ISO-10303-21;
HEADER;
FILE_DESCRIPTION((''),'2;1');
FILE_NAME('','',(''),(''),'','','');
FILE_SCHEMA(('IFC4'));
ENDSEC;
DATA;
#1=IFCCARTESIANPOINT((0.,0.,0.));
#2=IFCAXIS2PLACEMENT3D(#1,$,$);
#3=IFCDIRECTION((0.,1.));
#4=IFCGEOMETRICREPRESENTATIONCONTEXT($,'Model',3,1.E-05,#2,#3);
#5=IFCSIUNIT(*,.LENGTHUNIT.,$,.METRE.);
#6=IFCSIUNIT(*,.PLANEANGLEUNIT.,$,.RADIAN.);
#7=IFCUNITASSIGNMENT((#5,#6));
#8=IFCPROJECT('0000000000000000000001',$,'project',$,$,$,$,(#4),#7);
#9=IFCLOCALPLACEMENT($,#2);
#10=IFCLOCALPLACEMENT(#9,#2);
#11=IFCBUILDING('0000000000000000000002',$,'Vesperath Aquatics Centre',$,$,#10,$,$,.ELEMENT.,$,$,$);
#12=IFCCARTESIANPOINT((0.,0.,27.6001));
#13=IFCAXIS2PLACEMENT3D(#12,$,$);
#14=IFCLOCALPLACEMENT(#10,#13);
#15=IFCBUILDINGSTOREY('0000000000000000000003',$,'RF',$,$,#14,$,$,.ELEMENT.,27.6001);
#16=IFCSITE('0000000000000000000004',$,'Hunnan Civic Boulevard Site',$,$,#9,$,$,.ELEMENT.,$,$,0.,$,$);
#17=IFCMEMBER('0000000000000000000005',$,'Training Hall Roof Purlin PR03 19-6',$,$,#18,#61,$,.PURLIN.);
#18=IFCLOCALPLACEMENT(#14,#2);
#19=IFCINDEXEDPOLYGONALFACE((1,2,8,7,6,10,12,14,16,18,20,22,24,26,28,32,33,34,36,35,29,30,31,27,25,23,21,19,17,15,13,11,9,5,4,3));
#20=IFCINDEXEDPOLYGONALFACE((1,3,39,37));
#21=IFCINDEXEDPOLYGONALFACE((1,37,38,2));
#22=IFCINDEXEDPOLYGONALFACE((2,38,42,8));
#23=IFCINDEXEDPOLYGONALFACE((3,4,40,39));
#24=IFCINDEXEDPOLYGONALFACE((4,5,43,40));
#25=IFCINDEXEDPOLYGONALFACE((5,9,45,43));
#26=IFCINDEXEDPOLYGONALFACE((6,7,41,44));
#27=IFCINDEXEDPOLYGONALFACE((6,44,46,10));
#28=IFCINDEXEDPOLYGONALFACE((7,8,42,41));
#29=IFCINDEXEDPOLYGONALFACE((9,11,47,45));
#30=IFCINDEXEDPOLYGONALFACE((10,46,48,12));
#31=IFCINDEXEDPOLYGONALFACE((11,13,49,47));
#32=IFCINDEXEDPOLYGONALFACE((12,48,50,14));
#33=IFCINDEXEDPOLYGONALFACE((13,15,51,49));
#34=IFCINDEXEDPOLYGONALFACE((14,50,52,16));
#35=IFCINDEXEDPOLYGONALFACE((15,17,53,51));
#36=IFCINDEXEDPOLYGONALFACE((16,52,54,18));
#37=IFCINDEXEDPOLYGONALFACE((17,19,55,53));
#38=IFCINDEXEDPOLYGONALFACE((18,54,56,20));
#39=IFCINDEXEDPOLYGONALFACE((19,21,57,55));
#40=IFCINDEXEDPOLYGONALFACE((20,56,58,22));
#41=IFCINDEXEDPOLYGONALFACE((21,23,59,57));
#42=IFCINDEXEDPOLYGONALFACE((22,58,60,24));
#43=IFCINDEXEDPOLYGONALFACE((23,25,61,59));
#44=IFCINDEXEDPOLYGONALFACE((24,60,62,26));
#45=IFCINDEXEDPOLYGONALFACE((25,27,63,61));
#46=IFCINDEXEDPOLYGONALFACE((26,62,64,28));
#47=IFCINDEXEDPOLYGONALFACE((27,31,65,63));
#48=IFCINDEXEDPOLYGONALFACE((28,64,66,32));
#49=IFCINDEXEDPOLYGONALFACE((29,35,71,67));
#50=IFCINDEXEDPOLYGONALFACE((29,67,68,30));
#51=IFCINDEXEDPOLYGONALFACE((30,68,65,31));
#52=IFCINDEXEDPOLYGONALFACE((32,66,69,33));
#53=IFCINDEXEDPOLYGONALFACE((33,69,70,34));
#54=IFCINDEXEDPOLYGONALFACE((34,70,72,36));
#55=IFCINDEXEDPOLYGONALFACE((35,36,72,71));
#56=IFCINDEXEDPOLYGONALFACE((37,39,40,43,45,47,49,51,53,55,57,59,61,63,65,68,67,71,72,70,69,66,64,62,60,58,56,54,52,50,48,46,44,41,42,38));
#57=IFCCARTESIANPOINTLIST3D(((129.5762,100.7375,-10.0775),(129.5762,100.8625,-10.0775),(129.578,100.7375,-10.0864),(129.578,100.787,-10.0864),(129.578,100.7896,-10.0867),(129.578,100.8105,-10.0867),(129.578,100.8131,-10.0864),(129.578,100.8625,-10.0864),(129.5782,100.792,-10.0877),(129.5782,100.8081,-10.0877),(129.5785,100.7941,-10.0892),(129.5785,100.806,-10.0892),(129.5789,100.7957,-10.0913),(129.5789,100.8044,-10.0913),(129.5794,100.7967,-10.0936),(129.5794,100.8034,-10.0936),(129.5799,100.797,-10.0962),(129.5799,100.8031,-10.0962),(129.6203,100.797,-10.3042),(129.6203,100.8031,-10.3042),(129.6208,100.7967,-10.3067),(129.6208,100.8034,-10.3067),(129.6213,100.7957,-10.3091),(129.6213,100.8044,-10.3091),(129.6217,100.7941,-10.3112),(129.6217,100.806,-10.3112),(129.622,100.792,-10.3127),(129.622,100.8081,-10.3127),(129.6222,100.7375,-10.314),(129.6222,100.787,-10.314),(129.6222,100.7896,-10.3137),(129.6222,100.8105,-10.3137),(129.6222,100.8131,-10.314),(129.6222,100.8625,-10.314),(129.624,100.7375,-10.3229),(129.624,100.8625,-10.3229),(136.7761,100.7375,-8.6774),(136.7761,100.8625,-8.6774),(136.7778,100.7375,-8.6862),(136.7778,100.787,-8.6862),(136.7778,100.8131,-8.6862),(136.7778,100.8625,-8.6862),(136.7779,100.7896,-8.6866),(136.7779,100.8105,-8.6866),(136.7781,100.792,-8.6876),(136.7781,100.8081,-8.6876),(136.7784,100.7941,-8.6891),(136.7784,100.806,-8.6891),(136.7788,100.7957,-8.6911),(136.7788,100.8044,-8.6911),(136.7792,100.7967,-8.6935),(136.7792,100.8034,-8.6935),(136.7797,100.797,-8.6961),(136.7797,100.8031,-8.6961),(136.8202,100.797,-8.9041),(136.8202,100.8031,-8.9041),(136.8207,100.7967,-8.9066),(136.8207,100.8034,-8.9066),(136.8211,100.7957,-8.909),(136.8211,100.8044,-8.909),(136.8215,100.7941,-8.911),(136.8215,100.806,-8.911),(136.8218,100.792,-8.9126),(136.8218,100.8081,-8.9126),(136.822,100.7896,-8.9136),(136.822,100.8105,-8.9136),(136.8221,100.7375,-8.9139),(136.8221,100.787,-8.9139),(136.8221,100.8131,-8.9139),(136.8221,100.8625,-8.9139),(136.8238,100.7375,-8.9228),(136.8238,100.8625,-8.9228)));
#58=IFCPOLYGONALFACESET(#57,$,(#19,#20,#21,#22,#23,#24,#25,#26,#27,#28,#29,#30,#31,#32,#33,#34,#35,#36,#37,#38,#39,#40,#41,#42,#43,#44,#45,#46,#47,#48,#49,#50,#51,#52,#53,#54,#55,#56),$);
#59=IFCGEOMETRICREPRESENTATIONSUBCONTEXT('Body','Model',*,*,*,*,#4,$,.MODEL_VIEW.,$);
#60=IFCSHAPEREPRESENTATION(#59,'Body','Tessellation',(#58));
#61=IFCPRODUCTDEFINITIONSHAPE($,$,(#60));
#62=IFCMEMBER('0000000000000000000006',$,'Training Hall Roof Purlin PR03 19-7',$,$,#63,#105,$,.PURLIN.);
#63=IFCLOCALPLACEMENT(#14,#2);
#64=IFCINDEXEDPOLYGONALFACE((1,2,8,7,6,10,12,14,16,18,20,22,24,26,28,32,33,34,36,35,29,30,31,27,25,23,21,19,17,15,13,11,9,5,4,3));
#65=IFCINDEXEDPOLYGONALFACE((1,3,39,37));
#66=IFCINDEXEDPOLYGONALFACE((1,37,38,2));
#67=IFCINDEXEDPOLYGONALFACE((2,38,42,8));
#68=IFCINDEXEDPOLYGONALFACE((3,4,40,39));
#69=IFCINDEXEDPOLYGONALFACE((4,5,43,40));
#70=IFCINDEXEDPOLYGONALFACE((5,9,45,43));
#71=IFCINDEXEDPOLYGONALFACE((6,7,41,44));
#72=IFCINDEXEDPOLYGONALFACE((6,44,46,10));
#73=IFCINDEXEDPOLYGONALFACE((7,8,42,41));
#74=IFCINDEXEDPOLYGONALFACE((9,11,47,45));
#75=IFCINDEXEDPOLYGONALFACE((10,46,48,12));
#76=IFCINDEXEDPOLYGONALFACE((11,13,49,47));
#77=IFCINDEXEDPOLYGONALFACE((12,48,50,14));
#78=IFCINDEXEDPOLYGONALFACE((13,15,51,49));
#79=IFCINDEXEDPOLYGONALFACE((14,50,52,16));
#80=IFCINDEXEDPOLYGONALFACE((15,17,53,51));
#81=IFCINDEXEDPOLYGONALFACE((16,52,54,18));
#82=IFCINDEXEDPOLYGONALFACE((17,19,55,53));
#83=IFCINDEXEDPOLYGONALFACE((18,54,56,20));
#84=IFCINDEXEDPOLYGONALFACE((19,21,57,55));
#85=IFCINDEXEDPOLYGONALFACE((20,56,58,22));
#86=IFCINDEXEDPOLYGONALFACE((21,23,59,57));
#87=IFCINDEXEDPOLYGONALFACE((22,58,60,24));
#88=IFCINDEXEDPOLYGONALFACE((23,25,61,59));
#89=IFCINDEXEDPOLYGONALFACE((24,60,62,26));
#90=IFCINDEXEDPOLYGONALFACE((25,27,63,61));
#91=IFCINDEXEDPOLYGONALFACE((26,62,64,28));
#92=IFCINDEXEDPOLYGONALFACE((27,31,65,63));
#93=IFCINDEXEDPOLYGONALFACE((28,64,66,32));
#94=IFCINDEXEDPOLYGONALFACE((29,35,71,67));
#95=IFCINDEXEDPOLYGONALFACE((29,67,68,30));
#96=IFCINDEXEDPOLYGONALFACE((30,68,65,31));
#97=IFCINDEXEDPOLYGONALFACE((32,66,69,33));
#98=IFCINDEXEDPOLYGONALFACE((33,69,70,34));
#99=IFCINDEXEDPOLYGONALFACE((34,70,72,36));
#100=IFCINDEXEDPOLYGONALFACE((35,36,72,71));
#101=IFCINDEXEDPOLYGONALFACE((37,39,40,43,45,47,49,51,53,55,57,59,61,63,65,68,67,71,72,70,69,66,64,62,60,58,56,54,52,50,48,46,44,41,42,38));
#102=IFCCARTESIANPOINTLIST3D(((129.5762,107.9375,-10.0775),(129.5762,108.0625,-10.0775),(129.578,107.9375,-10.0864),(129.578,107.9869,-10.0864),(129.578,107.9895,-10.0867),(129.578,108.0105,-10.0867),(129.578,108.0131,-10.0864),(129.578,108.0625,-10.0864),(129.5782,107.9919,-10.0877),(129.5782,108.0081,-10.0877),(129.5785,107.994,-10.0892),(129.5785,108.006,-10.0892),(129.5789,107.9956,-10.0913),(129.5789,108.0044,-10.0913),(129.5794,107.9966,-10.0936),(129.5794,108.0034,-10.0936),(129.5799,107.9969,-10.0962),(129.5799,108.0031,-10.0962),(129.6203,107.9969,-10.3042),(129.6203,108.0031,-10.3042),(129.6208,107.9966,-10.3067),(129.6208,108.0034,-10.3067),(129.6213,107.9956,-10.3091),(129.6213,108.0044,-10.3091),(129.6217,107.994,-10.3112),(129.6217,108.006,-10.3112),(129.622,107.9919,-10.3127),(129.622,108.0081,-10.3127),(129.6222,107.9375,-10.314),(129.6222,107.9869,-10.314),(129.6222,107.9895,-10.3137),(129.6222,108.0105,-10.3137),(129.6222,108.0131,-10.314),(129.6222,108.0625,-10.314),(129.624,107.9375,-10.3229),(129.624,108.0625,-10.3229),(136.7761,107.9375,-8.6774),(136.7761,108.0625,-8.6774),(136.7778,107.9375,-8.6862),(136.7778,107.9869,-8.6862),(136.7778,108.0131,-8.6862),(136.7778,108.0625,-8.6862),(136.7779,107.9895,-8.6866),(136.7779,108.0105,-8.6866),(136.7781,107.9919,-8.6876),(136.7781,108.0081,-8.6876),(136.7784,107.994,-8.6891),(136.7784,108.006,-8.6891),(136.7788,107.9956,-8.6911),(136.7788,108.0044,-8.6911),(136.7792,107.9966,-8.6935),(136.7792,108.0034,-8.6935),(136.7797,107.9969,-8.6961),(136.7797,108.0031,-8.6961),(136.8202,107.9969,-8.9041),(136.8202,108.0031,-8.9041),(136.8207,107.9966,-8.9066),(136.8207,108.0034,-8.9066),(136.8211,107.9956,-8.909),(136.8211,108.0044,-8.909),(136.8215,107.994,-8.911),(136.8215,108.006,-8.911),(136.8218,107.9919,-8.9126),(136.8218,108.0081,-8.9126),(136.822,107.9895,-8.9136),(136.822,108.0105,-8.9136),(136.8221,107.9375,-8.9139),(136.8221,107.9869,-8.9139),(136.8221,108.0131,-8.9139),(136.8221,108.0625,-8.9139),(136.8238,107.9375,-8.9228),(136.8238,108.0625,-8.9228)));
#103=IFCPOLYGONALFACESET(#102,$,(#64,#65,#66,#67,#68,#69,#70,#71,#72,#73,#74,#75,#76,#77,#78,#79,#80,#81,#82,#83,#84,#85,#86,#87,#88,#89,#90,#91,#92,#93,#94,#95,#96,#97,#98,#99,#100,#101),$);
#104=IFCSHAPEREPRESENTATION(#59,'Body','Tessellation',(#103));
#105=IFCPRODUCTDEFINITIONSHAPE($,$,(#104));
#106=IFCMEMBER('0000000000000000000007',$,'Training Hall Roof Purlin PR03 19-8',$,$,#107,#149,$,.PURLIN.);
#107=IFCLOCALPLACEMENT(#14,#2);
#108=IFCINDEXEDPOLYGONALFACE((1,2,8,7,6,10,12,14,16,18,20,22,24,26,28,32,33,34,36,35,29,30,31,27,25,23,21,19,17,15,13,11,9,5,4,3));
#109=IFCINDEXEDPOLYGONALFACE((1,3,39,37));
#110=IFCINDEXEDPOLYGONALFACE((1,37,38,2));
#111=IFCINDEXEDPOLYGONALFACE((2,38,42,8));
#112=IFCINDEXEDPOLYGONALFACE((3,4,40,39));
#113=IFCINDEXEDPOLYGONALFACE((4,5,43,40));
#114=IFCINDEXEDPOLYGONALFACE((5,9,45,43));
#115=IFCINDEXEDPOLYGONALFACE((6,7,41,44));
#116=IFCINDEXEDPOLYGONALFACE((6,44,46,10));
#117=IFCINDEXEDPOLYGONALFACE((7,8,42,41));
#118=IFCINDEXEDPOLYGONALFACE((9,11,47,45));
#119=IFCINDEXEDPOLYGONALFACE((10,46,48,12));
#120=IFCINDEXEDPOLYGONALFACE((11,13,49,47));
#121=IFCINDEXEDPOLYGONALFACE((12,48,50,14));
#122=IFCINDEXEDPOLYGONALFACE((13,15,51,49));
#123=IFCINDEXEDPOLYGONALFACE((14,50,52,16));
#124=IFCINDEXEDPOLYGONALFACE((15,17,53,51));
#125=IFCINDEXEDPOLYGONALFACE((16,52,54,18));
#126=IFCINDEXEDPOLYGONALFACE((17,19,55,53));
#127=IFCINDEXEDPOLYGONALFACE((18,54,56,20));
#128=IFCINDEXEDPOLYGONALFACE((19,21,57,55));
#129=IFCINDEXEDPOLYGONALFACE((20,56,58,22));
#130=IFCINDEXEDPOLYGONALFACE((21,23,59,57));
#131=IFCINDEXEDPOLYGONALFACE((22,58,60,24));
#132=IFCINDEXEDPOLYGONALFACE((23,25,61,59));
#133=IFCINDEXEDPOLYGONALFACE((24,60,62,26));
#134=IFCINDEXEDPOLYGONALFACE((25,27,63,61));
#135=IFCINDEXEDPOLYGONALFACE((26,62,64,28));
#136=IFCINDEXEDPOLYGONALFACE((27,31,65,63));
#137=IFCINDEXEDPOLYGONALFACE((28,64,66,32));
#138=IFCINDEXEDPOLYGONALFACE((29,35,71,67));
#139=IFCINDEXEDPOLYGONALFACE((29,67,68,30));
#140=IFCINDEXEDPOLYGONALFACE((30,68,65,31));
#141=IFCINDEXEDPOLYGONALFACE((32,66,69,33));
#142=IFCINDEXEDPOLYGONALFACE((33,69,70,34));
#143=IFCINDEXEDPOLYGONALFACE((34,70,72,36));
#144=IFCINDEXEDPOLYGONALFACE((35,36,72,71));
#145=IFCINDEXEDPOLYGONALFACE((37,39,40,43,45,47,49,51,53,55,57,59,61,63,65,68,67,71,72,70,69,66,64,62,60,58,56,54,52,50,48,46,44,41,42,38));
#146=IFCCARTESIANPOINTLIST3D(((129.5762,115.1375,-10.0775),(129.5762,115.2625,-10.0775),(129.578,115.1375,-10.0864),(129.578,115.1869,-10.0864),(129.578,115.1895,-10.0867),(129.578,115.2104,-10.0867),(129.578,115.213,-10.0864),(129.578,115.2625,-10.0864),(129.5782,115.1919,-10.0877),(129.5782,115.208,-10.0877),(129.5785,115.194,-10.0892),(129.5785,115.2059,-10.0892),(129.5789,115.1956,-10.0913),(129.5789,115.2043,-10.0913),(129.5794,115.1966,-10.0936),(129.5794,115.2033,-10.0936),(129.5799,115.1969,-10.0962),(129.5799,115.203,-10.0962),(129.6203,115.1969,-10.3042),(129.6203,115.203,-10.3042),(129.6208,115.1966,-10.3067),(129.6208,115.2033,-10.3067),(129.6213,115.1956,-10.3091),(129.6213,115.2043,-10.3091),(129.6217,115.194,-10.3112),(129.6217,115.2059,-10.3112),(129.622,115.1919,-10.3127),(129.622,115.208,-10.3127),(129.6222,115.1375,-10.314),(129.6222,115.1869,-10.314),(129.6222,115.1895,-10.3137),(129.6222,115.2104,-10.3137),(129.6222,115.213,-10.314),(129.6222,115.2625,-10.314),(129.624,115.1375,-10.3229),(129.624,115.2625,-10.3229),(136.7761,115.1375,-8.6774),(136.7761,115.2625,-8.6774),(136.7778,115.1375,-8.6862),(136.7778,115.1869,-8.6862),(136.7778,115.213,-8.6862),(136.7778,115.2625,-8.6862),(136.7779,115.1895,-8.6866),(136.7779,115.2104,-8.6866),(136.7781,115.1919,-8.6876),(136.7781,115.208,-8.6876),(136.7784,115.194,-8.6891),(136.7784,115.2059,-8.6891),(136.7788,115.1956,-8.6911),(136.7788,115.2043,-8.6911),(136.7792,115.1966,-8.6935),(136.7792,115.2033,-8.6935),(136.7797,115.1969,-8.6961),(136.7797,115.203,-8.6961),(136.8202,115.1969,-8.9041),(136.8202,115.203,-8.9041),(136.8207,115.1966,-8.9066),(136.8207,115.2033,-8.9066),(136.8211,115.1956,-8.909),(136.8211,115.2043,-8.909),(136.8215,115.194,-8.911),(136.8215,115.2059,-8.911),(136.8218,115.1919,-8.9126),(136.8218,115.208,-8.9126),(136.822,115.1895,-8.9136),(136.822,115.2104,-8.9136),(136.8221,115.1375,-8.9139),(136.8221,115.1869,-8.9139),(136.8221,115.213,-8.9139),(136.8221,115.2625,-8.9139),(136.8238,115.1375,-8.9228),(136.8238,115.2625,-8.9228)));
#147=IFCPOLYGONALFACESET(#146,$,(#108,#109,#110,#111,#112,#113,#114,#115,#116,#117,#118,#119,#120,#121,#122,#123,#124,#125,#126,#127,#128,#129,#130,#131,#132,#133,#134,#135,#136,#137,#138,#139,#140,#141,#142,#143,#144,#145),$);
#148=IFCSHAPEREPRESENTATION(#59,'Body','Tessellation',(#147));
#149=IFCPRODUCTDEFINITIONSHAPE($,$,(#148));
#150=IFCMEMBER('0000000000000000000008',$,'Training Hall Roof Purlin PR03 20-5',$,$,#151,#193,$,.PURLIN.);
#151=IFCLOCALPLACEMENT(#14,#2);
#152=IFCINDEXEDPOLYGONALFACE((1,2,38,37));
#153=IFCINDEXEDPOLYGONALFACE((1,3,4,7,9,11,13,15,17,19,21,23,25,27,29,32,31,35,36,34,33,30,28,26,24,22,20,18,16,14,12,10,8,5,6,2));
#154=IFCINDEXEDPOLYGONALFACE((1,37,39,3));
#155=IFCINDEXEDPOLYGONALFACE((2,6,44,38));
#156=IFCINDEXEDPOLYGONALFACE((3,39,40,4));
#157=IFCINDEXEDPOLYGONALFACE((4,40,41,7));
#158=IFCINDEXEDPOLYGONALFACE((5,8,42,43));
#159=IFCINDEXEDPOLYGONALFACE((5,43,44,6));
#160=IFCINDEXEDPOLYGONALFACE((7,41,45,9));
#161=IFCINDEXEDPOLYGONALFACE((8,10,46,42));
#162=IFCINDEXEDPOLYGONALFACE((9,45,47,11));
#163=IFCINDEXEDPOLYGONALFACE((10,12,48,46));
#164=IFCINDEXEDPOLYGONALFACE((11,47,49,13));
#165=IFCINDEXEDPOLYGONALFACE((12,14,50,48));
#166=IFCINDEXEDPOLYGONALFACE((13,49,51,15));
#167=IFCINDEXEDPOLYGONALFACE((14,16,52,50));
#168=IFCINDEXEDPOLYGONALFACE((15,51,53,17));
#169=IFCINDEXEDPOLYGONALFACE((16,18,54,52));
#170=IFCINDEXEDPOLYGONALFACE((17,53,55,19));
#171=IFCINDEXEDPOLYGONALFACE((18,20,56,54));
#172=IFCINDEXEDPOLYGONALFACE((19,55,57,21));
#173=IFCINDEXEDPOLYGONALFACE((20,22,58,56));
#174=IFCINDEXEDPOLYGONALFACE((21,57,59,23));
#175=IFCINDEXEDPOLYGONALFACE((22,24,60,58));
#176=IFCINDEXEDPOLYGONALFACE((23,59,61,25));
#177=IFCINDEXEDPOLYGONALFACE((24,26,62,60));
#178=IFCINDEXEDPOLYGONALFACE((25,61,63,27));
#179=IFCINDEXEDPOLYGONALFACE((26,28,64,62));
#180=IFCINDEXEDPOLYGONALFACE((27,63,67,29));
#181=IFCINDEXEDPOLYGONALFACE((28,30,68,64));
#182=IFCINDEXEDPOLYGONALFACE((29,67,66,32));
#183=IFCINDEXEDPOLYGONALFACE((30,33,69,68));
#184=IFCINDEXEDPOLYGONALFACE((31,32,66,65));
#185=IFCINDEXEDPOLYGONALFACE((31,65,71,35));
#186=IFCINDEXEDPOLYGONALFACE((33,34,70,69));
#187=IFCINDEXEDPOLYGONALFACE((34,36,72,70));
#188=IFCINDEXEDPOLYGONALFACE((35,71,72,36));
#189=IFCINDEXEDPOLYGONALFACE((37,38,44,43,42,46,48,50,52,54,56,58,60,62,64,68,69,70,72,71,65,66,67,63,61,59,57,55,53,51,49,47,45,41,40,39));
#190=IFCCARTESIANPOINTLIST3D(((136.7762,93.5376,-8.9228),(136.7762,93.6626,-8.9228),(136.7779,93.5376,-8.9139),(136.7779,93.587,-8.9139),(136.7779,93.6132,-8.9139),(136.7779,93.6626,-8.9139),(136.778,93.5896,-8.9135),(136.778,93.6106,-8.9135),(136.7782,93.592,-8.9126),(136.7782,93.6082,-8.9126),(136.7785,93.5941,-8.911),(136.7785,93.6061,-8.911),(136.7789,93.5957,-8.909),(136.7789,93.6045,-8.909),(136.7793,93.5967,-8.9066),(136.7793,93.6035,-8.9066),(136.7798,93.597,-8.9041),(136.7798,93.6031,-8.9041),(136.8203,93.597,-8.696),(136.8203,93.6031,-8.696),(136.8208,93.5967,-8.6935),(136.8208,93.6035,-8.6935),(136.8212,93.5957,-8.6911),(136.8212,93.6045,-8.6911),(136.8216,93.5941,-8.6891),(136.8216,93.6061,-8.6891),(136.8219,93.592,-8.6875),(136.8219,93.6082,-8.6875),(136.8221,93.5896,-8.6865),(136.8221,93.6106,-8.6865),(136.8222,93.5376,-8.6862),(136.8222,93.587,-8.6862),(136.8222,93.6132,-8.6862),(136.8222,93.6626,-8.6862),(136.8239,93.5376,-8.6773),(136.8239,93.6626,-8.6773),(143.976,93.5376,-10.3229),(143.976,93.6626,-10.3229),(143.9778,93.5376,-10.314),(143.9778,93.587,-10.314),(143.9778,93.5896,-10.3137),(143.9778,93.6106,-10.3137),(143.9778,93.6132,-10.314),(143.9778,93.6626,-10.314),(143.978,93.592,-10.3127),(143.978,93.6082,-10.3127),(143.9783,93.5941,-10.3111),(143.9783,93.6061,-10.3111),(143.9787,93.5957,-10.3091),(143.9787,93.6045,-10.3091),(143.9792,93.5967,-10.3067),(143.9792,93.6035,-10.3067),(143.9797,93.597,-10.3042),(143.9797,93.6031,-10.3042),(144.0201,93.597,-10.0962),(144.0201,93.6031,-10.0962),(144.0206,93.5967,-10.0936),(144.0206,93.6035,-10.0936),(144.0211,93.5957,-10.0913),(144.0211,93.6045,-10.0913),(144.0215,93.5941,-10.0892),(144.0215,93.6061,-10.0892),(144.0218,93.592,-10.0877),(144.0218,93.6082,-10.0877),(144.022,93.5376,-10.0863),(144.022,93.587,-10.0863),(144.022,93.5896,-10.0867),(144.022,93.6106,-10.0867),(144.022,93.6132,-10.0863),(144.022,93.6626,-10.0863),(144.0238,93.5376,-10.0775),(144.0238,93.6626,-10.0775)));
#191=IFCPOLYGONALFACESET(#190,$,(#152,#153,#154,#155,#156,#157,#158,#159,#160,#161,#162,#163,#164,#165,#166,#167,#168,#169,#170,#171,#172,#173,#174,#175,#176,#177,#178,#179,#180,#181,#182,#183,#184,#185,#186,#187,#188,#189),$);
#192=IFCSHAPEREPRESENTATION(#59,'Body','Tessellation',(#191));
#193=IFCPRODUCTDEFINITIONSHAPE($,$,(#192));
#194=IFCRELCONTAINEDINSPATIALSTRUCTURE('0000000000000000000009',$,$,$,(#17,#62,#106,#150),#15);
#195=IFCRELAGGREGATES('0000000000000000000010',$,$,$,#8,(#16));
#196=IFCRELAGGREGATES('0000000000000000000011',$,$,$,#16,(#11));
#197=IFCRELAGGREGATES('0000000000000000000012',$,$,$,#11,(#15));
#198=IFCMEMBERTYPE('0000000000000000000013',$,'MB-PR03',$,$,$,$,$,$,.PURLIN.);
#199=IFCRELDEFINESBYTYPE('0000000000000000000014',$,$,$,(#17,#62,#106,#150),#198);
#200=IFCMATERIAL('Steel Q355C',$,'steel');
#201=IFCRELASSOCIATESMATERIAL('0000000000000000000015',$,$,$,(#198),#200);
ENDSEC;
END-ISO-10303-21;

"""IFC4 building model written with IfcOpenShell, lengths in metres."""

from ifc_helpers import new_model, si_unit, direction, frame, origin, origin_2d, place, context, subcontext, project, spatial, i_section, extrude, material, material_profile, profile_set, type_object, element, save


model = new_model("IFC4")

# Units and contexts
model_context = context("Model", 3, precision=1e-05, world=origin(), true_north=direction((0.0, 1.0)))
body_context = subcontext(model_context, "Body", "Model", "MODEL_VIEW")
ifc_project = project(units=[si_unit("LENGTHUNIT", "METRE"), si_unit("PLANEANGLEUNIT", "RADIAN")], contexts=[model_context])

# Site, building, storey
site_placement = place(None, origin())
site = spatial("IfcSite", under=ifc_project, at=site_placement, Name="Hunnan Civic Boulevard Site", CompositionType="ELEMENT", RefElevation=0.0)
building_placement = place(site_placement, origin())
building = spatial("IfcBuilding", under=site, at=building_placement, Name="Vesperath Aquatics Centre", CompositionType="ELEMENT")
storey_placement = place(building_placement, frame((0.0, 0.0, 27.6001)))
storey = spatial("IfcBuildingStorey", under=building, at=storey_placement, Name="RF", CompositionType="ELEMENT", Elevation=27.6001)

# Shared definitions
ifc_material_1 = material(Name="Steel Q355C", Category="steel")

# Members
ifc_material_profile_1 = material_profile(ifc_material_1, i_section(OverallWidth=0.125, OverallDepth=0.25, WebThickness=0.0061, FlangeThickness=0.009, FilletRadius=0.01, at=origin_2d()), Name="HN 250x125x6x9")
ifc_profile_set_1 = profile_set([ifc_material_profile_1], Name="Steel Q355C")
member_type_1 = type_object("IfcMemberType", Name="MB-PR03", PredefinedType="PURLIN", material=ifc_profile_set_1)
for number, where, z_axis, x_axis, name in (
    (1, (129.6001, 100.8, -10.2002), (0.981611, 0.0, 0.19089), (0.0, 1.0, 0.0), "Training Hall Roof Purlin PR03 19-6"),
    (2, (129.6001, 108.0, -10.2002), (0.981611, 0.0, 0.19089), (0.0, 1.0, 0.0), "Training Hall Roof Purlin PR03 19-7"),
    (3, (129.6001, 115.2, -10.2002), (0.981611, 0.0, 0.19089), (0.0, 1.0, 0.0), "Training Hall Roof Purlin PR03 19-8"),
    (4, (136.8, 93.6001, -8.8), (0.981611, 0.0, -0.19089), (0.0, 1.0, 0.0), "Training Hall Roof Purlin PR03 20-5"),
):
    element("IfcMember", number, at=place(storey_placement, frame(where, z_axis=z_axis, x_axis=x_axis)), inside=storey, type_object=member_type_1, Name=name, PredefinedType="PURLIN", context=body_context, shape_type="SweptSolid", body=[
        extrude(i_section(OverallWidth=0.125, OverallDepth=0.25, WebThickness=0.0061, FlangeThickness=0.009, FilletRadius=0.01, at=origin_2d()), origin(), (0.0, 0.0, 1.0), 7.3347),
    ])

save(model, "model.ifc")
